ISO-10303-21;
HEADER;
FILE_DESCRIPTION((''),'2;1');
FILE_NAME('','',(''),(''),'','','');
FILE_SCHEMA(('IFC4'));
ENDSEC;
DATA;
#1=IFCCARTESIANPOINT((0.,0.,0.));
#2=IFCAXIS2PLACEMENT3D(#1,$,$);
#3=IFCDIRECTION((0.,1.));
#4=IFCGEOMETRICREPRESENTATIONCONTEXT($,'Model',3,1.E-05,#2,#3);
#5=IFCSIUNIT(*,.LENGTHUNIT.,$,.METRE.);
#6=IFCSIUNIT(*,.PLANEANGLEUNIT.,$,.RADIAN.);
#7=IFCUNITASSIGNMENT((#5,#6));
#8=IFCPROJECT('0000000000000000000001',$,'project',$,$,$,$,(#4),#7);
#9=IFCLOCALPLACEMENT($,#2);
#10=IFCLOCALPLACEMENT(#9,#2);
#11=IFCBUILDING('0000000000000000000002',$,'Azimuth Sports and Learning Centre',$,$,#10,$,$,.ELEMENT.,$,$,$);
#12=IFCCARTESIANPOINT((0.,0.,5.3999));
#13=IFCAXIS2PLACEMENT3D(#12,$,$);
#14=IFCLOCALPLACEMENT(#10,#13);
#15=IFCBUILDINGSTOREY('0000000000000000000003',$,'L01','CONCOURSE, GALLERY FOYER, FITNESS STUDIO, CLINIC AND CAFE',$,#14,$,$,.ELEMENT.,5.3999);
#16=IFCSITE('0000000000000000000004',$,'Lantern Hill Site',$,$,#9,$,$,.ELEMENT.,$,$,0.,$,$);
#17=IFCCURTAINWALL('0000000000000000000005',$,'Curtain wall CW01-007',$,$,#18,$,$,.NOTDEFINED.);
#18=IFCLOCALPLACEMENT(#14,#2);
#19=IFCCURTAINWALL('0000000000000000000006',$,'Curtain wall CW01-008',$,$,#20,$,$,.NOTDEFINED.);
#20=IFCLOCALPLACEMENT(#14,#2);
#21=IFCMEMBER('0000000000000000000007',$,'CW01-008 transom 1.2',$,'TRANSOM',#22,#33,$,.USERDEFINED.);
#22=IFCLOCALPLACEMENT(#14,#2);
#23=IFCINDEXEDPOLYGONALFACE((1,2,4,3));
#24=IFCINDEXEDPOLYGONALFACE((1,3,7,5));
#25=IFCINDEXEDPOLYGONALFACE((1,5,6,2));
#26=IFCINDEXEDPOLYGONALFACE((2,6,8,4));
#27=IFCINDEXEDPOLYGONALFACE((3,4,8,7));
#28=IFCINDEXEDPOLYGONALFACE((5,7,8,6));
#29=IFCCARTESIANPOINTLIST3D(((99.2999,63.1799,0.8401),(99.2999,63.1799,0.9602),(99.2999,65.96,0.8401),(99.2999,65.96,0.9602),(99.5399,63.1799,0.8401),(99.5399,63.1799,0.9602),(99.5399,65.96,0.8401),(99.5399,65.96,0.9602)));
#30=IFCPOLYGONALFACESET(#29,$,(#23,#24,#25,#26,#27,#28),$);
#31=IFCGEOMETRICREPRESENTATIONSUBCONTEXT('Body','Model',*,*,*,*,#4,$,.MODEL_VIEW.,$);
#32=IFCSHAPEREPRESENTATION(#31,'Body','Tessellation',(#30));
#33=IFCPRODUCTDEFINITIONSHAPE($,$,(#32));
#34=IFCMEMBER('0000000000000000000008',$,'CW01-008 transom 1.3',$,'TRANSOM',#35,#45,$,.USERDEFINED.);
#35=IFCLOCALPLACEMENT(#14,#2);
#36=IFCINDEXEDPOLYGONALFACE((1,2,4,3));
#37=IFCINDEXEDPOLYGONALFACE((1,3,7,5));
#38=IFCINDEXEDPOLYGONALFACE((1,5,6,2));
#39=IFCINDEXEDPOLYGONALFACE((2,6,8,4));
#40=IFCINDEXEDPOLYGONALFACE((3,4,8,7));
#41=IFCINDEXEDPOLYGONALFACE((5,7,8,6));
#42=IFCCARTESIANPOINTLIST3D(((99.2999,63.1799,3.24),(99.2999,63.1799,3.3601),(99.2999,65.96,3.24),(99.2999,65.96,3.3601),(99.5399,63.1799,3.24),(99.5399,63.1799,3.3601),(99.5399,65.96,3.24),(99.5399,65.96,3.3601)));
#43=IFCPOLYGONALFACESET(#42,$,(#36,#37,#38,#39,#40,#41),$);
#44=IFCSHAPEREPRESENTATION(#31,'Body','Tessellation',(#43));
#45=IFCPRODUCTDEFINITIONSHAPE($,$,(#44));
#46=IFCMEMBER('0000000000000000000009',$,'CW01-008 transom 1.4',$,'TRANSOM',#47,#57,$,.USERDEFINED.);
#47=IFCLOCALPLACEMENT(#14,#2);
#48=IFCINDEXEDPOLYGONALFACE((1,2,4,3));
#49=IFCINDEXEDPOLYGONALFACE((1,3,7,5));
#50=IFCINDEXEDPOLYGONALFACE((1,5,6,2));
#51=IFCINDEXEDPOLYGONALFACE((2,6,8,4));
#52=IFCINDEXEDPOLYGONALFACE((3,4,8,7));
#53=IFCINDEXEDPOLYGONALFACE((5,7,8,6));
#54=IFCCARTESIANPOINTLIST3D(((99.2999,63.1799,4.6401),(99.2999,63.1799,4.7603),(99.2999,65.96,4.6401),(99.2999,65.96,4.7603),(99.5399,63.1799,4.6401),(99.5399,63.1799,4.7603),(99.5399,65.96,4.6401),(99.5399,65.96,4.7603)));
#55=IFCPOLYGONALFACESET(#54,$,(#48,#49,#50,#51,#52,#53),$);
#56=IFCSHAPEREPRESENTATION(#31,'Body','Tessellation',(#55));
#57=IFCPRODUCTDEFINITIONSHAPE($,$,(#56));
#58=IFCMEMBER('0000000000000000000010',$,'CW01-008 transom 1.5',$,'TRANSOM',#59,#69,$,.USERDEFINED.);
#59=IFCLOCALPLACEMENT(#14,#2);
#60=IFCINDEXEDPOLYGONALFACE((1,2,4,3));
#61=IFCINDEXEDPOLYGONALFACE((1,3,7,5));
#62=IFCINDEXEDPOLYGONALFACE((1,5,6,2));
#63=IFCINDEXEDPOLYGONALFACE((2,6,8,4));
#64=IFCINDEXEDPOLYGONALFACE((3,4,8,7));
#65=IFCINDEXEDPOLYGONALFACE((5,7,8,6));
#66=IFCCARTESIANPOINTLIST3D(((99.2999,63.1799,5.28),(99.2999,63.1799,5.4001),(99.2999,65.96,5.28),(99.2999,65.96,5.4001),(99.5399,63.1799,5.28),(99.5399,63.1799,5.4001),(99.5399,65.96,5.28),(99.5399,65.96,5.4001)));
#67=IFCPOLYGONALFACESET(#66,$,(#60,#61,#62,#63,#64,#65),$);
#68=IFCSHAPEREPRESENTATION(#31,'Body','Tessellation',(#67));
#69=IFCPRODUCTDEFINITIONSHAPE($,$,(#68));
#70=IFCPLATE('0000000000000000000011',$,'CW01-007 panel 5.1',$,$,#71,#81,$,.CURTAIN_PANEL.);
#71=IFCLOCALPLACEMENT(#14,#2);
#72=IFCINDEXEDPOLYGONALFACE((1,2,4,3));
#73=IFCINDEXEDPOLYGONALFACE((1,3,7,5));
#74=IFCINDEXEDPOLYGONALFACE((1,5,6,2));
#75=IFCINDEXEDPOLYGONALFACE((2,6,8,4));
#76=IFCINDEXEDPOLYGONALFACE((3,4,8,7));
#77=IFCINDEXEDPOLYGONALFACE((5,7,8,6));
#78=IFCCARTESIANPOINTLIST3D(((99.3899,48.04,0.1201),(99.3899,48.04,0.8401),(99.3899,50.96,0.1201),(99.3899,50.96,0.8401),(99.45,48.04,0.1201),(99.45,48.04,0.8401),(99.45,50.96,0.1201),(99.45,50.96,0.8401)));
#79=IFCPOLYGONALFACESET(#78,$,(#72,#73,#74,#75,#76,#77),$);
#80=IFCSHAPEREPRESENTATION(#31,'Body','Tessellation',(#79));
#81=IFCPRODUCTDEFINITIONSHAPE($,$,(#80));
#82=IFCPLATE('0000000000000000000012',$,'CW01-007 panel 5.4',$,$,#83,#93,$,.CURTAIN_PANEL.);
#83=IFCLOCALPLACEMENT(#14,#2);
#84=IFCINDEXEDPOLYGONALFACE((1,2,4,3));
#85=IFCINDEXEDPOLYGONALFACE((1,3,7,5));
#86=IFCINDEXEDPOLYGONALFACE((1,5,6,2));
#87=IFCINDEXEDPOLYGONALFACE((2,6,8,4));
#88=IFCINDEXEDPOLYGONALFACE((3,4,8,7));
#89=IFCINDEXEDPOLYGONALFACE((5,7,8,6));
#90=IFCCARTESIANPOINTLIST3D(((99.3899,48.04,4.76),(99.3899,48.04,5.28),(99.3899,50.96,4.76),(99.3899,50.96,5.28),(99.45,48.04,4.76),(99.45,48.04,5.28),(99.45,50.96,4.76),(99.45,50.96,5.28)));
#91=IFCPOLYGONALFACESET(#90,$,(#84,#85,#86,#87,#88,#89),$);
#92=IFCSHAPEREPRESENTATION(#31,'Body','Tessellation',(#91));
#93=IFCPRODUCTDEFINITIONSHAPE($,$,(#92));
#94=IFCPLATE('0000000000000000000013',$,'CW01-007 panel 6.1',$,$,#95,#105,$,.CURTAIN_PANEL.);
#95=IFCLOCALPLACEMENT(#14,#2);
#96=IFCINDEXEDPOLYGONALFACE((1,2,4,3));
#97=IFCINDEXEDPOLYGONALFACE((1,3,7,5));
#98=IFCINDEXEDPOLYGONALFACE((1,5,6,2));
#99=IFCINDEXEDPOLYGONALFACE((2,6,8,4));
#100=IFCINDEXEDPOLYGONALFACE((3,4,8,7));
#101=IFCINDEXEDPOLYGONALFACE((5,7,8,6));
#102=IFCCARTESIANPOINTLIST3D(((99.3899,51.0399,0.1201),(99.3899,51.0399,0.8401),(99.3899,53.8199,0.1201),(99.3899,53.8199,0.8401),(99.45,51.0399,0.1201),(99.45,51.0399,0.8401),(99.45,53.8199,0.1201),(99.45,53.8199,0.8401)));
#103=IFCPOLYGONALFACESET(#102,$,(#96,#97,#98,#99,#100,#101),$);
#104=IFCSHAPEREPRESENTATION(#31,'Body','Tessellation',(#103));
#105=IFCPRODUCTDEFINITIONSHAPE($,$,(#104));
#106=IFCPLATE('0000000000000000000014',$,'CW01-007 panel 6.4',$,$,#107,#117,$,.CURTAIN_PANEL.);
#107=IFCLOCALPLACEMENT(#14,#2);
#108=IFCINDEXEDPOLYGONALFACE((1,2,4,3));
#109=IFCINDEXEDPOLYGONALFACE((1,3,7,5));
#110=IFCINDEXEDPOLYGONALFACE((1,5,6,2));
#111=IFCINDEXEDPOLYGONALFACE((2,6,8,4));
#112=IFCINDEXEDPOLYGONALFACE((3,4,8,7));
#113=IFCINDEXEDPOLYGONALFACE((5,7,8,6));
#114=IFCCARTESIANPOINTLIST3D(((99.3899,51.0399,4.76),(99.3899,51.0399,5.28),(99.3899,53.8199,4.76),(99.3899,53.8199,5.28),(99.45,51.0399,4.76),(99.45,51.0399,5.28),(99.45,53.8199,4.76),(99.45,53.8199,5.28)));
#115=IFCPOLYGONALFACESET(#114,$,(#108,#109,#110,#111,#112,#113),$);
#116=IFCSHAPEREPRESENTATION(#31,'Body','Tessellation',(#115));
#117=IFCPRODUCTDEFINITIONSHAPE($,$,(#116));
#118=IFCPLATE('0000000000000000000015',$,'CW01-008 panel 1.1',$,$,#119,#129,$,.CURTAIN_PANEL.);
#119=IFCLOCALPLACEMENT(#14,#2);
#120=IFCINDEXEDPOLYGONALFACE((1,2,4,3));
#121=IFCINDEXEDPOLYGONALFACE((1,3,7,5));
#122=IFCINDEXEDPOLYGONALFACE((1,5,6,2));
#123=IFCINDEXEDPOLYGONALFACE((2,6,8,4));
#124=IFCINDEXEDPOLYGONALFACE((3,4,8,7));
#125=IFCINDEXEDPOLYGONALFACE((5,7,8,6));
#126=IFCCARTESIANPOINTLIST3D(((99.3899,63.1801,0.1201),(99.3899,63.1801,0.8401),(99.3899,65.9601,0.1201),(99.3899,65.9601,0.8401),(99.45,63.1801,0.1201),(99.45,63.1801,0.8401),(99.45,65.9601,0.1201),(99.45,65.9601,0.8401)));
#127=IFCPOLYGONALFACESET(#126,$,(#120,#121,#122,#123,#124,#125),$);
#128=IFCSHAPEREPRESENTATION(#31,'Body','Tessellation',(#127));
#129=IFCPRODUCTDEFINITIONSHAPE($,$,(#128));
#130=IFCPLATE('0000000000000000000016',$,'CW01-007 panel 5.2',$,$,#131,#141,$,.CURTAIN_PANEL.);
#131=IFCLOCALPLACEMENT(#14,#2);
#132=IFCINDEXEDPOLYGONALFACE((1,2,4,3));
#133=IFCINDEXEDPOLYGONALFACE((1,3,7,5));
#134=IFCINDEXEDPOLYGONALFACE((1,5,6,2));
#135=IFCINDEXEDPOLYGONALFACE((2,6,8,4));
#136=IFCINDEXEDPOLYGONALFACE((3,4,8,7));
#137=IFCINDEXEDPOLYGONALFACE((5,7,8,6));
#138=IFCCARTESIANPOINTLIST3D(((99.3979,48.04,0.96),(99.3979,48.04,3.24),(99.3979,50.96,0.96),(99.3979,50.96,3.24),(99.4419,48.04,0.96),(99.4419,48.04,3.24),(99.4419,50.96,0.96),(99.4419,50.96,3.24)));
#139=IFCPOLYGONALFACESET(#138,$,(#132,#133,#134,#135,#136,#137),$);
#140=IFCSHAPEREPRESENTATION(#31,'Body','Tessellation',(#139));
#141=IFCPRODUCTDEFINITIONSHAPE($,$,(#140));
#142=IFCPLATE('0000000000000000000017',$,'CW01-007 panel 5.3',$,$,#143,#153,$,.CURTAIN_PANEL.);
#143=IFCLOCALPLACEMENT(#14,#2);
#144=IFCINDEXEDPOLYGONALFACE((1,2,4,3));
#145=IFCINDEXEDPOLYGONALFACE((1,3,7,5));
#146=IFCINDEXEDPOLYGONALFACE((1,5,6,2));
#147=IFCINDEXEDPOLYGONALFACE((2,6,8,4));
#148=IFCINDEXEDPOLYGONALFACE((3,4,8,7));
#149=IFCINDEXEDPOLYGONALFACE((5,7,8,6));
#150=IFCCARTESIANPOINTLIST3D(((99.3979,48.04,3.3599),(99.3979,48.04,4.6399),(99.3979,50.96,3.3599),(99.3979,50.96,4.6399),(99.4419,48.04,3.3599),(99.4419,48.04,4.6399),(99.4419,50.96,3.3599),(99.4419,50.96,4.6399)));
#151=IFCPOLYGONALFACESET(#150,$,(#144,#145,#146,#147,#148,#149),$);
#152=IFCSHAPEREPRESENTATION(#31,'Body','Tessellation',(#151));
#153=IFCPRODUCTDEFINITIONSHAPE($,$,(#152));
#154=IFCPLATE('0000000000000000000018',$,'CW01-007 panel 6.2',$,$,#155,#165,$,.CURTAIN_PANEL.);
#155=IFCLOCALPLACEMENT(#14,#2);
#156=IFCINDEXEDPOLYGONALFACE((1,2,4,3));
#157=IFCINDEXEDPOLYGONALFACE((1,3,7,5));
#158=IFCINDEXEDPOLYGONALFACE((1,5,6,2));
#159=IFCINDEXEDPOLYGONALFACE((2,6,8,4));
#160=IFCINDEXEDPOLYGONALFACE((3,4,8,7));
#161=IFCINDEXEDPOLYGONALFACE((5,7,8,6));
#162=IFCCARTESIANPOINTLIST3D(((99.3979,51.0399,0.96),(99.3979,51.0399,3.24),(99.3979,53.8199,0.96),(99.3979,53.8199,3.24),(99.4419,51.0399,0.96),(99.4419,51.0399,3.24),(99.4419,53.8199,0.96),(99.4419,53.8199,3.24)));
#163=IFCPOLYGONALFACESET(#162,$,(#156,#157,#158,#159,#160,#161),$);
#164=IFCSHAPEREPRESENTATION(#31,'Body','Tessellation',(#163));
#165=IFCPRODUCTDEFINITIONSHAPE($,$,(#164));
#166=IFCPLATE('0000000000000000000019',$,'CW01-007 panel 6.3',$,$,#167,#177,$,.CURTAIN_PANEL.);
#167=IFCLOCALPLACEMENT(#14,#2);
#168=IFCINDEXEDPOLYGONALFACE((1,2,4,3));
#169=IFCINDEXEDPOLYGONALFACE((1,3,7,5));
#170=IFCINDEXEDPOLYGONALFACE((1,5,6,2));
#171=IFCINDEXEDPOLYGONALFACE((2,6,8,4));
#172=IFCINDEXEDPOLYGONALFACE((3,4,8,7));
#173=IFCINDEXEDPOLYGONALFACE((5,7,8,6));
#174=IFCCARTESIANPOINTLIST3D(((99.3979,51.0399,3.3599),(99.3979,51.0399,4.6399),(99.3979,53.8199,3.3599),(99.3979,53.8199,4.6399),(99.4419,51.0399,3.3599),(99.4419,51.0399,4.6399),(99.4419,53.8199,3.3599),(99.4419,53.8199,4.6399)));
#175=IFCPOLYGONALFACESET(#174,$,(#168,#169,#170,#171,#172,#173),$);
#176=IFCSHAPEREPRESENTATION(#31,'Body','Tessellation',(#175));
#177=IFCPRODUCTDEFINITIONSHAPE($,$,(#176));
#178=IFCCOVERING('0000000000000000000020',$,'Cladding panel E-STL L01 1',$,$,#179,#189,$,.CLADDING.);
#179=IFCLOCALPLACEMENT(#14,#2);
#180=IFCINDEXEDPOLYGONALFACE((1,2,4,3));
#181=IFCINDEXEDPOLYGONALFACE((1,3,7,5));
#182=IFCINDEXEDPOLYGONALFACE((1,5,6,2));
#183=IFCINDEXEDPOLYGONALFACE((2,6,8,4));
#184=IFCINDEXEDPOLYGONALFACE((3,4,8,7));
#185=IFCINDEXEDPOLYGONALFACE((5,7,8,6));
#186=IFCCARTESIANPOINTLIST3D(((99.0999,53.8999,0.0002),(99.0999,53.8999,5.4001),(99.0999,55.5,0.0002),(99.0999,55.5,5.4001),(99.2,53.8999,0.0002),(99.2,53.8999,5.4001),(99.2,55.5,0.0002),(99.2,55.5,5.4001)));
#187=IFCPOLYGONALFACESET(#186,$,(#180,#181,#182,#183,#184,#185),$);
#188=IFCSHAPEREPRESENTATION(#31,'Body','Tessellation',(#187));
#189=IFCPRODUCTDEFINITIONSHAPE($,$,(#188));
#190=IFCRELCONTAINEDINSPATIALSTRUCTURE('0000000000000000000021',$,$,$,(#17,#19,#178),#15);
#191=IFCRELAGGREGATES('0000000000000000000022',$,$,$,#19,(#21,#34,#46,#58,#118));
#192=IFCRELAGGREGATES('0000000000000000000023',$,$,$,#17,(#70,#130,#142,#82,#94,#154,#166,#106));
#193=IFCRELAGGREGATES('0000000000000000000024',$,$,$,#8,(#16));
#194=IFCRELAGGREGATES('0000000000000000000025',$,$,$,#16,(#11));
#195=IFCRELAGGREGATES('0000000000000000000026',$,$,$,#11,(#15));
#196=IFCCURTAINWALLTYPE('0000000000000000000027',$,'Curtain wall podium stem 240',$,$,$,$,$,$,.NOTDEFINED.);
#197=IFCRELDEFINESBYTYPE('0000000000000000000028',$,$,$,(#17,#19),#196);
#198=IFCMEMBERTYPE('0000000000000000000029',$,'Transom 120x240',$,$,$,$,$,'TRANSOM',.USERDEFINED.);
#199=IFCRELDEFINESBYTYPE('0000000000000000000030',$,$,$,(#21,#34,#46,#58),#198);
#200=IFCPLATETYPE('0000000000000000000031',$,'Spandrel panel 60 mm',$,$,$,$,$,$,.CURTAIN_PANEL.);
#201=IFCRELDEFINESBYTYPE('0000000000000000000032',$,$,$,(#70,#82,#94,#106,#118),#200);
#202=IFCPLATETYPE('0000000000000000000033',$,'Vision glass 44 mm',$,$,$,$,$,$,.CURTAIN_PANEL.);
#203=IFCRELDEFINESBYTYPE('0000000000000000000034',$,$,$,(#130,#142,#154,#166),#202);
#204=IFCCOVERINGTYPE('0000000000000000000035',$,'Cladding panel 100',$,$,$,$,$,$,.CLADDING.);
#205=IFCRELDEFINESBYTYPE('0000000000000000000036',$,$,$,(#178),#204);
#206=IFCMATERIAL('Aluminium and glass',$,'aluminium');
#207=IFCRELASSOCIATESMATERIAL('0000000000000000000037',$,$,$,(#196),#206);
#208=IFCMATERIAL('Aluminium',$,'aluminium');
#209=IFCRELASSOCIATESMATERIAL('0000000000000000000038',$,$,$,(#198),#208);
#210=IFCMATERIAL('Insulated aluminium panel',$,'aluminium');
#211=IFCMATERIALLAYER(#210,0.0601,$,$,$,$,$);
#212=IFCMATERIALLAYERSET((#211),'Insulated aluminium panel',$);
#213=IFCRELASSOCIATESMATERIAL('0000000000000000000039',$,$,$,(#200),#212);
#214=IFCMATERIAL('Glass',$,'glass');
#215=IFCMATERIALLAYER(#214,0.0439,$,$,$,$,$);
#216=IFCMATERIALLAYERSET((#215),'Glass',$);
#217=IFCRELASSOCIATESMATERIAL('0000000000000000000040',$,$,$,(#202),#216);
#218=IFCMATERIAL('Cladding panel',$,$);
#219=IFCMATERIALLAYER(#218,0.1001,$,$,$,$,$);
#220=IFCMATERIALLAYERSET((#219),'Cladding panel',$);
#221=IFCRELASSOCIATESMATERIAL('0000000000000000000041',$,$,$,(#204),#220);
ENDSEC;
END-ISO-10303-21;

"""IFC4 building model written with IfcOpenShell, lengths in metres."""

from ifc_helpers import new_model, si_unit, direction, frame, origin, origin_2d, place, context, subcontext, project, spatial, rectangle, extrude, material, layer, layer_set, material_profile, profile_set, type_object, element, aggregate, save


model = new_model("IFC4")

# Units and contexts
model_context = context("Model", 3, precision=1e-05, world=origin(), true_north=direction((0.0, 1.0)))
body_context = subcontext(model_context, "Body", "Model", "MODEL_VIEW")
ifc_project = project(units=[si_unit("LENGTHUNIT", "METRE"), si_unit("PLANEANGLEUNIT", "RADIAN")], contexts=[model_context])

# Site, building, storey
site_placement = place(None, origin())
site = spatial("IfcSite", under=ifc_project, at=site_placement, Name="Lantern Hill Site", CompositionType="ELEMENT", RefElevation=0.0)
building_placement = place(site_placement, origin())
building = spatial("IfcBuilding", under=site, at=building_placement, Name="Azimuth Sports and Learning Centre", CompositionType="ELEMENT")
storey_placement = place(building_placement, frame((0.0, 0.0, 5.3999)))
storey = spatial("IfcBuildingStorey", under=building, at=storey_placement, Name="L01", Description="CONCOURSE, GALLERY FOYER, FITNESS STUDIO, CLINIC AND CAFE", CompositionType="ELEMENT", Elevation=5.3999)

# Curtain wall
ifc_material_1 = material(Name="Aluminium and glass", Category="aluminium")
curtain_wall_type = type_object("IfcCurtainWallType", Name="Curtain wall podium stem 240", PredefinedType="NOTDEFINED", material=ifc_material_1)
curtain_wall_1_placement = place(storey_placement, origin())
curtain_wall_1 = element("IfcCurtainWall", 1, at=curtain_wall_1_placement, inside=storey, type_object=curtain_wall_type, Name="Curtain wall CW01-007", PredefinedType="NOTDEFINED")

# Curtain wall
curtain_wall_2_placement = place(storey_placement, origin())
curtain_wall_2 = element("IfcCurtainWall", 2, at=curtain_wall_2_placement, inside=storey, type_object=curtain_wall_type, Name="Curtain wall CW01-008", PredefinedType="NOTDEFINED")

# Members
ifc_material_2 = material(Name="Aluminium", Category="aluminium")
ifc_material_profile_1 = material_profile(ifc_material_2, rectangle(XDim=0.24, YDim=0.1201, at=origin_2d()), Name="Transom 120x240")
ifc_profile_set_1 = profile_set([ifc_material_profile_1], Name="Aluminium")
member_type_1 = type_object("IfcMemberType", Name="Transom 120x240", ElementType="TRANSOM", PredefinedType="USERDEFINED", material=ifc_profile_set_1)
member_1_placement = place(storey_placement, frame((99.4199, 63.1799, 0.9001), z_axis=(0.0, 1.0, 0.0), x_axis=(-1.0, 0.0, 0.0)))
member_1 = element("IfcMember", 3, at=member_1_placement, type_object=member_type_1, Name="CW01-008 transom 1.2", ObjectType="TRANSOM", PredefinedType="USERDEFINED", context=body_context, shape_type="SweptSolid", body=[
    extrude(rectangle(XDim=0.24, YDim=0.1201, at=origin_2d()), origin(), (0.0, 0.0, 1.0), 2.78),
])
member_2_placement = place(storey_placement, frame((99.4199, 63.1799, 3.3), z_axis=(0.0, 1.0, 0.0), x_axis=(-1.0, 0.0, 0.0)))
member_2 = element("IfcMember", 4, at=member_2_placement, type_object=member_type_1, Name="CW01-008 transom 1.3", ObjectType="TRANSOM", PredefinedType="USERDEFINED", context=body_context, shape_type="SweptSolid", body=[
    extrude(rectangle(XDim=0.24, YDim=0.1201, at=origin_2d()), origin(), (0.0, 0.0, 1.0), 2.78),
])
member_3_placement = place(storey_placement, frame((99.4199, 63.1799, 4.7002), z_axis=(0.0, 1.0, 0.0), x_axis=(-1.0, 0.0, 0.0)))
member_3 = element("IfcMember", 5, at=member_3_placement, type_object=member_type_1, Name="CW01-008 transom 1.4", ObjectType="TRANSOM", PredefinedType="USERDEFINED", context=body_context, shape_type="SweptSolid", body=[
    extrude(rectangle(XDim=0.24, YDim=0.1201, at=origin_2d()), origin(), (0.0, 0.0, 1.0), 2.78),
])
member_4_placement = place(storey_placement, frame((99.4199, 63.1799, 5.3401), z_axis=(0.0, 1.0, 0.0), x_axis=(-1.0, 0.0, 0.0)))
member_4 = element("IfcMember", 6, at=member_4_placement, type_object=member_type_1, Name="CW01-008 transom 1.5", ObjectType="TRANSOM", PredefinedType="USERDEFINED", context=body_context, shape_type="SweptSolid", body=[
    extrude(rectangle(XDim=0.24, YDim=0.1201, at=origin_2d()), origin(), (0.0, 0.0, 1.0), 2.78),
])

# Plates
ifc_material_3 = material(Name="Insulated aluminium panel", Category="aluminium")
ifc_layer_1 = layer(ifc_material_3, 0.0601)
ifc_layer_set_1 = layer_set([ifc_layer_1], Name="Insulated aluminium panel")
plate_type_1 = type_object("IfcPlateType", Name="Spandrel panel 60 mm", PredefinedType="CURTAIN_PANEL", material=ifc_layer_set_1)
plate_1_placement = place(storey_placement, frame((99.4199, 49.5, 0.1201), z_axis=(0.0, 0.0, 1.0), x_axis=(0.0, 1.0, 0.0)))
plate_1 = element("IfcPlate", 7, at=plate_1_placement, type_object=plate_type_1, Name="CW01-007 panel 5.1", PredefinedType="CURTAIN_PANEL", context=body_context, shape_type="SweptSolid", body=[
    extrude(rectangle(XDim=2.9199, YDim=0.0601, at=origin_2d()), origin(), (0.0, 0.0, 1.0), 0.72),
])
plate_2_placement = place(storey_placement, frame((99.4199, 49.5, 4.76), z_axis=(0.0, 0.0, 1.0), x_axis=(0.0, 1.0, 0.0)))
plate_2 = element("IfcPlate", 8, at=plate_2_placement, type_object=plate_type_1, Name="CW01-007 panel 5.4", PredefinedType="CURTAIN_PANEL", context=body_context, shape_type="SweptSolid", body=[
    extrude(rectangle(XDim=2.9199, YDim=0.0601, at=origin_2d()), origin(), (0.0, 0.0, 1.0), 0.52),
])
plate_3_placement = place(storey_placement, frame((99.4199, 52.4299, 0.1201), z_axis=(0.0, 0.0, 1.0), x_axis=(0.0, 1.0, 0.0)))
plate_3 = element("IfcPlate", 9, at=plate_3_placement, type_object=plate_type_1, Name="CW01-007 panel 6.1", PredefinedType="CURTAIN_PANEL", context=body_context, shape_type="SweptSolid", body=[
    extrude(rectangle(XDim=2.78, YDim=0.0601, at=origin_2d()), origin(), (0.0, 0.0, 1.0), 0.72),
])
plate_4_placement = place(storey_placement, frame((99.4199, 52.4299, 4.76), z_axis=(0.0, 0.0, 1.0), x_axis=(0.0, 1.0, 0.0)))
plate_4 = element("IfcPlate", 10, at=plate_4_placement, type_object=plate_type_1, Name="CW01-007 panel 6.4", PredefinedType="CURTAIN_PANEL", context=body_context, shape_type="SweptSolid", body=[
    extrude(rectangle(XDim=2.78, YDim=0.0601, at=origin_2d()), origin(), (0.0, 0.0, 1.0), 0.52),
])
plate_5_placement = place(storey_placement, frame((99.4199, 64.5701, 0.1201), z_axis=(0.0, 0.0, 1.0), x_axis=(0.0, 1.0, 0.0)))
plate_5 = element("IfcPlate", 11, at=plate_5_placement, type_object=plate_type_1, Name="CW01-008 panel 1.1", PredefinedType="CURTAIN_PANEL", context=body_context, shape_type="SweptSolid", body=[
    extrude(rectangle(XDim=2.78, YDim=0.0601, at=origin_2d()), origin(), (0.0, 0.0, 1.0), 0.72),
])
aggregate(curtain_wall_2, [member_1, member_2, member_3, member_4, plate_5])
ifc_material_4 = material(Name="Glass", Category="glass")
ifc_layer_2 = layer(ifc_material_4, 0.0439)
ifc_layer_set_2 = layer_set([ifc_layer_2], Name="Glass")
plate_type_2 = type_object("IfcPlateType", Name="Vision glass 44 mm", PredefinedType="CURTAIN_PANEL", material=ifc_layer_set_2)
plate_6_placement = place(storey_placement, frame((99.4199, 49.5, 0.96), z_axis=(0.0, 0.0, 1.0), x_axis=(0.0, 1.0, 0.0)))
plate_6 = element("IfcPlate", 12, at=plate_6_placement, type_object=plate_type_2, Name="CW01-007 panel 5.2", PredefinedType="CURTAIN_PANEL", context=body_context, shape_type="SweptSolid", body=[
    extrude(rectangle(XDim=2.9199, YDim=0.0439, at=origin_2d()), origin(), (0.0, 0.0, 1.0), 2.28),
])
plate_7_placement = place(storey_placement, frame((99.4199, 49.5, 3.3599), z_axis=(0.0, 0.0, 1.0), x_axis=(0.0, 1.0, 0.0)))
plate_7 = element("IfcPlate", 13, at=plate_7_placement, type_object=plate_type_2, Name="CW01-007 panel 5.3", PredefinedType="CURTAIN_PANEL", context=body_context, shape_type="SweptSolid", body=[
    extrude(rectangle(XDim=2.9199, YDim=0.0439, at=origin_2d()), origin(), (0.0, 0.0, 1.0), 1.28),
])
plate_8_placement = place(storey_placement, frame((99.4199, 52.4299, 0.96), z_axis=(0.0, 0.0, 1.0), x_axis=(0.0, 1.0, 0.0)))
plate_8 = element("IfcPlate", 14, at=plate_8_placement, type_object=plate_type_2, Name="CW01-007 panel 6.2", PredefinedType="CURTAIN_PANEL", context=body_context, shape_type="SweptSolid", body=[
    extrude(rectangle(XDim=2.78, YDim=0.0439, at=origin_2d()), origin(), (0.0, 0.0, 1.0), 2.28),
])
plate_9_placement = place(storey_placement, frame((99.4199, 52.4299, 3.3599), z_axis=(0.0, 0.0, 1.0), x_axis=(0.0, 1.0, 0.0)))
plate_9 = element("IfcPlate", 15, at=plate_9_placement, type_object=plate_type_2, Name="CW01-007 panel 6.3", PredefinedType="CURTAIN_PANEL", context=body_context, shape_type="SweptSolid", body=[
    extrude(rectangle(XDim=2.78, YDim=0.0439, at=origin_2d()), origin(), (0.0, 0.0, 1.0), 1.28),
])
aggregate(curtain_wall_1, [plate_1, plate_6, plate_7, plate_2, plate_3, plate_8, plate_9, plate_4])

# Covering
ifc_material_5 = material(Name="Cladding panel")
ifc_layer_3 = layer(ifc_material_5, 0.1001)
ifc_layer_set_3 = layer_set([ifc_layer_3], Name="Cladding panel")
covering_type = type_object("IfcCoveringType", Name="Cladding panel 100", PredefinedType="CLADDING", material=ifc_layer_set_3)
covering_1_placement = place(storey_placement, frame((99.1499, 54.7, 0.0002), z_axis=(0.0, 0.0, 1.0), x_axis=(0.0, 1.0, 0.0)))
element("IfcCovering", 16, at=covering_1_placement, inside=storey, type_object=covering_type, Name="Cladding panel E-STL L01 1", PredefinedType="CLADDING", context=body_context, shape_type="SweptSolid", body=[
    extrude(rectangle(XDim=1.6001, YDim=0.1001, at=origin_2d()), origin(), (0.0, 0.0, 1.0), 5.3999),
])

save(model, "model.ifc")
